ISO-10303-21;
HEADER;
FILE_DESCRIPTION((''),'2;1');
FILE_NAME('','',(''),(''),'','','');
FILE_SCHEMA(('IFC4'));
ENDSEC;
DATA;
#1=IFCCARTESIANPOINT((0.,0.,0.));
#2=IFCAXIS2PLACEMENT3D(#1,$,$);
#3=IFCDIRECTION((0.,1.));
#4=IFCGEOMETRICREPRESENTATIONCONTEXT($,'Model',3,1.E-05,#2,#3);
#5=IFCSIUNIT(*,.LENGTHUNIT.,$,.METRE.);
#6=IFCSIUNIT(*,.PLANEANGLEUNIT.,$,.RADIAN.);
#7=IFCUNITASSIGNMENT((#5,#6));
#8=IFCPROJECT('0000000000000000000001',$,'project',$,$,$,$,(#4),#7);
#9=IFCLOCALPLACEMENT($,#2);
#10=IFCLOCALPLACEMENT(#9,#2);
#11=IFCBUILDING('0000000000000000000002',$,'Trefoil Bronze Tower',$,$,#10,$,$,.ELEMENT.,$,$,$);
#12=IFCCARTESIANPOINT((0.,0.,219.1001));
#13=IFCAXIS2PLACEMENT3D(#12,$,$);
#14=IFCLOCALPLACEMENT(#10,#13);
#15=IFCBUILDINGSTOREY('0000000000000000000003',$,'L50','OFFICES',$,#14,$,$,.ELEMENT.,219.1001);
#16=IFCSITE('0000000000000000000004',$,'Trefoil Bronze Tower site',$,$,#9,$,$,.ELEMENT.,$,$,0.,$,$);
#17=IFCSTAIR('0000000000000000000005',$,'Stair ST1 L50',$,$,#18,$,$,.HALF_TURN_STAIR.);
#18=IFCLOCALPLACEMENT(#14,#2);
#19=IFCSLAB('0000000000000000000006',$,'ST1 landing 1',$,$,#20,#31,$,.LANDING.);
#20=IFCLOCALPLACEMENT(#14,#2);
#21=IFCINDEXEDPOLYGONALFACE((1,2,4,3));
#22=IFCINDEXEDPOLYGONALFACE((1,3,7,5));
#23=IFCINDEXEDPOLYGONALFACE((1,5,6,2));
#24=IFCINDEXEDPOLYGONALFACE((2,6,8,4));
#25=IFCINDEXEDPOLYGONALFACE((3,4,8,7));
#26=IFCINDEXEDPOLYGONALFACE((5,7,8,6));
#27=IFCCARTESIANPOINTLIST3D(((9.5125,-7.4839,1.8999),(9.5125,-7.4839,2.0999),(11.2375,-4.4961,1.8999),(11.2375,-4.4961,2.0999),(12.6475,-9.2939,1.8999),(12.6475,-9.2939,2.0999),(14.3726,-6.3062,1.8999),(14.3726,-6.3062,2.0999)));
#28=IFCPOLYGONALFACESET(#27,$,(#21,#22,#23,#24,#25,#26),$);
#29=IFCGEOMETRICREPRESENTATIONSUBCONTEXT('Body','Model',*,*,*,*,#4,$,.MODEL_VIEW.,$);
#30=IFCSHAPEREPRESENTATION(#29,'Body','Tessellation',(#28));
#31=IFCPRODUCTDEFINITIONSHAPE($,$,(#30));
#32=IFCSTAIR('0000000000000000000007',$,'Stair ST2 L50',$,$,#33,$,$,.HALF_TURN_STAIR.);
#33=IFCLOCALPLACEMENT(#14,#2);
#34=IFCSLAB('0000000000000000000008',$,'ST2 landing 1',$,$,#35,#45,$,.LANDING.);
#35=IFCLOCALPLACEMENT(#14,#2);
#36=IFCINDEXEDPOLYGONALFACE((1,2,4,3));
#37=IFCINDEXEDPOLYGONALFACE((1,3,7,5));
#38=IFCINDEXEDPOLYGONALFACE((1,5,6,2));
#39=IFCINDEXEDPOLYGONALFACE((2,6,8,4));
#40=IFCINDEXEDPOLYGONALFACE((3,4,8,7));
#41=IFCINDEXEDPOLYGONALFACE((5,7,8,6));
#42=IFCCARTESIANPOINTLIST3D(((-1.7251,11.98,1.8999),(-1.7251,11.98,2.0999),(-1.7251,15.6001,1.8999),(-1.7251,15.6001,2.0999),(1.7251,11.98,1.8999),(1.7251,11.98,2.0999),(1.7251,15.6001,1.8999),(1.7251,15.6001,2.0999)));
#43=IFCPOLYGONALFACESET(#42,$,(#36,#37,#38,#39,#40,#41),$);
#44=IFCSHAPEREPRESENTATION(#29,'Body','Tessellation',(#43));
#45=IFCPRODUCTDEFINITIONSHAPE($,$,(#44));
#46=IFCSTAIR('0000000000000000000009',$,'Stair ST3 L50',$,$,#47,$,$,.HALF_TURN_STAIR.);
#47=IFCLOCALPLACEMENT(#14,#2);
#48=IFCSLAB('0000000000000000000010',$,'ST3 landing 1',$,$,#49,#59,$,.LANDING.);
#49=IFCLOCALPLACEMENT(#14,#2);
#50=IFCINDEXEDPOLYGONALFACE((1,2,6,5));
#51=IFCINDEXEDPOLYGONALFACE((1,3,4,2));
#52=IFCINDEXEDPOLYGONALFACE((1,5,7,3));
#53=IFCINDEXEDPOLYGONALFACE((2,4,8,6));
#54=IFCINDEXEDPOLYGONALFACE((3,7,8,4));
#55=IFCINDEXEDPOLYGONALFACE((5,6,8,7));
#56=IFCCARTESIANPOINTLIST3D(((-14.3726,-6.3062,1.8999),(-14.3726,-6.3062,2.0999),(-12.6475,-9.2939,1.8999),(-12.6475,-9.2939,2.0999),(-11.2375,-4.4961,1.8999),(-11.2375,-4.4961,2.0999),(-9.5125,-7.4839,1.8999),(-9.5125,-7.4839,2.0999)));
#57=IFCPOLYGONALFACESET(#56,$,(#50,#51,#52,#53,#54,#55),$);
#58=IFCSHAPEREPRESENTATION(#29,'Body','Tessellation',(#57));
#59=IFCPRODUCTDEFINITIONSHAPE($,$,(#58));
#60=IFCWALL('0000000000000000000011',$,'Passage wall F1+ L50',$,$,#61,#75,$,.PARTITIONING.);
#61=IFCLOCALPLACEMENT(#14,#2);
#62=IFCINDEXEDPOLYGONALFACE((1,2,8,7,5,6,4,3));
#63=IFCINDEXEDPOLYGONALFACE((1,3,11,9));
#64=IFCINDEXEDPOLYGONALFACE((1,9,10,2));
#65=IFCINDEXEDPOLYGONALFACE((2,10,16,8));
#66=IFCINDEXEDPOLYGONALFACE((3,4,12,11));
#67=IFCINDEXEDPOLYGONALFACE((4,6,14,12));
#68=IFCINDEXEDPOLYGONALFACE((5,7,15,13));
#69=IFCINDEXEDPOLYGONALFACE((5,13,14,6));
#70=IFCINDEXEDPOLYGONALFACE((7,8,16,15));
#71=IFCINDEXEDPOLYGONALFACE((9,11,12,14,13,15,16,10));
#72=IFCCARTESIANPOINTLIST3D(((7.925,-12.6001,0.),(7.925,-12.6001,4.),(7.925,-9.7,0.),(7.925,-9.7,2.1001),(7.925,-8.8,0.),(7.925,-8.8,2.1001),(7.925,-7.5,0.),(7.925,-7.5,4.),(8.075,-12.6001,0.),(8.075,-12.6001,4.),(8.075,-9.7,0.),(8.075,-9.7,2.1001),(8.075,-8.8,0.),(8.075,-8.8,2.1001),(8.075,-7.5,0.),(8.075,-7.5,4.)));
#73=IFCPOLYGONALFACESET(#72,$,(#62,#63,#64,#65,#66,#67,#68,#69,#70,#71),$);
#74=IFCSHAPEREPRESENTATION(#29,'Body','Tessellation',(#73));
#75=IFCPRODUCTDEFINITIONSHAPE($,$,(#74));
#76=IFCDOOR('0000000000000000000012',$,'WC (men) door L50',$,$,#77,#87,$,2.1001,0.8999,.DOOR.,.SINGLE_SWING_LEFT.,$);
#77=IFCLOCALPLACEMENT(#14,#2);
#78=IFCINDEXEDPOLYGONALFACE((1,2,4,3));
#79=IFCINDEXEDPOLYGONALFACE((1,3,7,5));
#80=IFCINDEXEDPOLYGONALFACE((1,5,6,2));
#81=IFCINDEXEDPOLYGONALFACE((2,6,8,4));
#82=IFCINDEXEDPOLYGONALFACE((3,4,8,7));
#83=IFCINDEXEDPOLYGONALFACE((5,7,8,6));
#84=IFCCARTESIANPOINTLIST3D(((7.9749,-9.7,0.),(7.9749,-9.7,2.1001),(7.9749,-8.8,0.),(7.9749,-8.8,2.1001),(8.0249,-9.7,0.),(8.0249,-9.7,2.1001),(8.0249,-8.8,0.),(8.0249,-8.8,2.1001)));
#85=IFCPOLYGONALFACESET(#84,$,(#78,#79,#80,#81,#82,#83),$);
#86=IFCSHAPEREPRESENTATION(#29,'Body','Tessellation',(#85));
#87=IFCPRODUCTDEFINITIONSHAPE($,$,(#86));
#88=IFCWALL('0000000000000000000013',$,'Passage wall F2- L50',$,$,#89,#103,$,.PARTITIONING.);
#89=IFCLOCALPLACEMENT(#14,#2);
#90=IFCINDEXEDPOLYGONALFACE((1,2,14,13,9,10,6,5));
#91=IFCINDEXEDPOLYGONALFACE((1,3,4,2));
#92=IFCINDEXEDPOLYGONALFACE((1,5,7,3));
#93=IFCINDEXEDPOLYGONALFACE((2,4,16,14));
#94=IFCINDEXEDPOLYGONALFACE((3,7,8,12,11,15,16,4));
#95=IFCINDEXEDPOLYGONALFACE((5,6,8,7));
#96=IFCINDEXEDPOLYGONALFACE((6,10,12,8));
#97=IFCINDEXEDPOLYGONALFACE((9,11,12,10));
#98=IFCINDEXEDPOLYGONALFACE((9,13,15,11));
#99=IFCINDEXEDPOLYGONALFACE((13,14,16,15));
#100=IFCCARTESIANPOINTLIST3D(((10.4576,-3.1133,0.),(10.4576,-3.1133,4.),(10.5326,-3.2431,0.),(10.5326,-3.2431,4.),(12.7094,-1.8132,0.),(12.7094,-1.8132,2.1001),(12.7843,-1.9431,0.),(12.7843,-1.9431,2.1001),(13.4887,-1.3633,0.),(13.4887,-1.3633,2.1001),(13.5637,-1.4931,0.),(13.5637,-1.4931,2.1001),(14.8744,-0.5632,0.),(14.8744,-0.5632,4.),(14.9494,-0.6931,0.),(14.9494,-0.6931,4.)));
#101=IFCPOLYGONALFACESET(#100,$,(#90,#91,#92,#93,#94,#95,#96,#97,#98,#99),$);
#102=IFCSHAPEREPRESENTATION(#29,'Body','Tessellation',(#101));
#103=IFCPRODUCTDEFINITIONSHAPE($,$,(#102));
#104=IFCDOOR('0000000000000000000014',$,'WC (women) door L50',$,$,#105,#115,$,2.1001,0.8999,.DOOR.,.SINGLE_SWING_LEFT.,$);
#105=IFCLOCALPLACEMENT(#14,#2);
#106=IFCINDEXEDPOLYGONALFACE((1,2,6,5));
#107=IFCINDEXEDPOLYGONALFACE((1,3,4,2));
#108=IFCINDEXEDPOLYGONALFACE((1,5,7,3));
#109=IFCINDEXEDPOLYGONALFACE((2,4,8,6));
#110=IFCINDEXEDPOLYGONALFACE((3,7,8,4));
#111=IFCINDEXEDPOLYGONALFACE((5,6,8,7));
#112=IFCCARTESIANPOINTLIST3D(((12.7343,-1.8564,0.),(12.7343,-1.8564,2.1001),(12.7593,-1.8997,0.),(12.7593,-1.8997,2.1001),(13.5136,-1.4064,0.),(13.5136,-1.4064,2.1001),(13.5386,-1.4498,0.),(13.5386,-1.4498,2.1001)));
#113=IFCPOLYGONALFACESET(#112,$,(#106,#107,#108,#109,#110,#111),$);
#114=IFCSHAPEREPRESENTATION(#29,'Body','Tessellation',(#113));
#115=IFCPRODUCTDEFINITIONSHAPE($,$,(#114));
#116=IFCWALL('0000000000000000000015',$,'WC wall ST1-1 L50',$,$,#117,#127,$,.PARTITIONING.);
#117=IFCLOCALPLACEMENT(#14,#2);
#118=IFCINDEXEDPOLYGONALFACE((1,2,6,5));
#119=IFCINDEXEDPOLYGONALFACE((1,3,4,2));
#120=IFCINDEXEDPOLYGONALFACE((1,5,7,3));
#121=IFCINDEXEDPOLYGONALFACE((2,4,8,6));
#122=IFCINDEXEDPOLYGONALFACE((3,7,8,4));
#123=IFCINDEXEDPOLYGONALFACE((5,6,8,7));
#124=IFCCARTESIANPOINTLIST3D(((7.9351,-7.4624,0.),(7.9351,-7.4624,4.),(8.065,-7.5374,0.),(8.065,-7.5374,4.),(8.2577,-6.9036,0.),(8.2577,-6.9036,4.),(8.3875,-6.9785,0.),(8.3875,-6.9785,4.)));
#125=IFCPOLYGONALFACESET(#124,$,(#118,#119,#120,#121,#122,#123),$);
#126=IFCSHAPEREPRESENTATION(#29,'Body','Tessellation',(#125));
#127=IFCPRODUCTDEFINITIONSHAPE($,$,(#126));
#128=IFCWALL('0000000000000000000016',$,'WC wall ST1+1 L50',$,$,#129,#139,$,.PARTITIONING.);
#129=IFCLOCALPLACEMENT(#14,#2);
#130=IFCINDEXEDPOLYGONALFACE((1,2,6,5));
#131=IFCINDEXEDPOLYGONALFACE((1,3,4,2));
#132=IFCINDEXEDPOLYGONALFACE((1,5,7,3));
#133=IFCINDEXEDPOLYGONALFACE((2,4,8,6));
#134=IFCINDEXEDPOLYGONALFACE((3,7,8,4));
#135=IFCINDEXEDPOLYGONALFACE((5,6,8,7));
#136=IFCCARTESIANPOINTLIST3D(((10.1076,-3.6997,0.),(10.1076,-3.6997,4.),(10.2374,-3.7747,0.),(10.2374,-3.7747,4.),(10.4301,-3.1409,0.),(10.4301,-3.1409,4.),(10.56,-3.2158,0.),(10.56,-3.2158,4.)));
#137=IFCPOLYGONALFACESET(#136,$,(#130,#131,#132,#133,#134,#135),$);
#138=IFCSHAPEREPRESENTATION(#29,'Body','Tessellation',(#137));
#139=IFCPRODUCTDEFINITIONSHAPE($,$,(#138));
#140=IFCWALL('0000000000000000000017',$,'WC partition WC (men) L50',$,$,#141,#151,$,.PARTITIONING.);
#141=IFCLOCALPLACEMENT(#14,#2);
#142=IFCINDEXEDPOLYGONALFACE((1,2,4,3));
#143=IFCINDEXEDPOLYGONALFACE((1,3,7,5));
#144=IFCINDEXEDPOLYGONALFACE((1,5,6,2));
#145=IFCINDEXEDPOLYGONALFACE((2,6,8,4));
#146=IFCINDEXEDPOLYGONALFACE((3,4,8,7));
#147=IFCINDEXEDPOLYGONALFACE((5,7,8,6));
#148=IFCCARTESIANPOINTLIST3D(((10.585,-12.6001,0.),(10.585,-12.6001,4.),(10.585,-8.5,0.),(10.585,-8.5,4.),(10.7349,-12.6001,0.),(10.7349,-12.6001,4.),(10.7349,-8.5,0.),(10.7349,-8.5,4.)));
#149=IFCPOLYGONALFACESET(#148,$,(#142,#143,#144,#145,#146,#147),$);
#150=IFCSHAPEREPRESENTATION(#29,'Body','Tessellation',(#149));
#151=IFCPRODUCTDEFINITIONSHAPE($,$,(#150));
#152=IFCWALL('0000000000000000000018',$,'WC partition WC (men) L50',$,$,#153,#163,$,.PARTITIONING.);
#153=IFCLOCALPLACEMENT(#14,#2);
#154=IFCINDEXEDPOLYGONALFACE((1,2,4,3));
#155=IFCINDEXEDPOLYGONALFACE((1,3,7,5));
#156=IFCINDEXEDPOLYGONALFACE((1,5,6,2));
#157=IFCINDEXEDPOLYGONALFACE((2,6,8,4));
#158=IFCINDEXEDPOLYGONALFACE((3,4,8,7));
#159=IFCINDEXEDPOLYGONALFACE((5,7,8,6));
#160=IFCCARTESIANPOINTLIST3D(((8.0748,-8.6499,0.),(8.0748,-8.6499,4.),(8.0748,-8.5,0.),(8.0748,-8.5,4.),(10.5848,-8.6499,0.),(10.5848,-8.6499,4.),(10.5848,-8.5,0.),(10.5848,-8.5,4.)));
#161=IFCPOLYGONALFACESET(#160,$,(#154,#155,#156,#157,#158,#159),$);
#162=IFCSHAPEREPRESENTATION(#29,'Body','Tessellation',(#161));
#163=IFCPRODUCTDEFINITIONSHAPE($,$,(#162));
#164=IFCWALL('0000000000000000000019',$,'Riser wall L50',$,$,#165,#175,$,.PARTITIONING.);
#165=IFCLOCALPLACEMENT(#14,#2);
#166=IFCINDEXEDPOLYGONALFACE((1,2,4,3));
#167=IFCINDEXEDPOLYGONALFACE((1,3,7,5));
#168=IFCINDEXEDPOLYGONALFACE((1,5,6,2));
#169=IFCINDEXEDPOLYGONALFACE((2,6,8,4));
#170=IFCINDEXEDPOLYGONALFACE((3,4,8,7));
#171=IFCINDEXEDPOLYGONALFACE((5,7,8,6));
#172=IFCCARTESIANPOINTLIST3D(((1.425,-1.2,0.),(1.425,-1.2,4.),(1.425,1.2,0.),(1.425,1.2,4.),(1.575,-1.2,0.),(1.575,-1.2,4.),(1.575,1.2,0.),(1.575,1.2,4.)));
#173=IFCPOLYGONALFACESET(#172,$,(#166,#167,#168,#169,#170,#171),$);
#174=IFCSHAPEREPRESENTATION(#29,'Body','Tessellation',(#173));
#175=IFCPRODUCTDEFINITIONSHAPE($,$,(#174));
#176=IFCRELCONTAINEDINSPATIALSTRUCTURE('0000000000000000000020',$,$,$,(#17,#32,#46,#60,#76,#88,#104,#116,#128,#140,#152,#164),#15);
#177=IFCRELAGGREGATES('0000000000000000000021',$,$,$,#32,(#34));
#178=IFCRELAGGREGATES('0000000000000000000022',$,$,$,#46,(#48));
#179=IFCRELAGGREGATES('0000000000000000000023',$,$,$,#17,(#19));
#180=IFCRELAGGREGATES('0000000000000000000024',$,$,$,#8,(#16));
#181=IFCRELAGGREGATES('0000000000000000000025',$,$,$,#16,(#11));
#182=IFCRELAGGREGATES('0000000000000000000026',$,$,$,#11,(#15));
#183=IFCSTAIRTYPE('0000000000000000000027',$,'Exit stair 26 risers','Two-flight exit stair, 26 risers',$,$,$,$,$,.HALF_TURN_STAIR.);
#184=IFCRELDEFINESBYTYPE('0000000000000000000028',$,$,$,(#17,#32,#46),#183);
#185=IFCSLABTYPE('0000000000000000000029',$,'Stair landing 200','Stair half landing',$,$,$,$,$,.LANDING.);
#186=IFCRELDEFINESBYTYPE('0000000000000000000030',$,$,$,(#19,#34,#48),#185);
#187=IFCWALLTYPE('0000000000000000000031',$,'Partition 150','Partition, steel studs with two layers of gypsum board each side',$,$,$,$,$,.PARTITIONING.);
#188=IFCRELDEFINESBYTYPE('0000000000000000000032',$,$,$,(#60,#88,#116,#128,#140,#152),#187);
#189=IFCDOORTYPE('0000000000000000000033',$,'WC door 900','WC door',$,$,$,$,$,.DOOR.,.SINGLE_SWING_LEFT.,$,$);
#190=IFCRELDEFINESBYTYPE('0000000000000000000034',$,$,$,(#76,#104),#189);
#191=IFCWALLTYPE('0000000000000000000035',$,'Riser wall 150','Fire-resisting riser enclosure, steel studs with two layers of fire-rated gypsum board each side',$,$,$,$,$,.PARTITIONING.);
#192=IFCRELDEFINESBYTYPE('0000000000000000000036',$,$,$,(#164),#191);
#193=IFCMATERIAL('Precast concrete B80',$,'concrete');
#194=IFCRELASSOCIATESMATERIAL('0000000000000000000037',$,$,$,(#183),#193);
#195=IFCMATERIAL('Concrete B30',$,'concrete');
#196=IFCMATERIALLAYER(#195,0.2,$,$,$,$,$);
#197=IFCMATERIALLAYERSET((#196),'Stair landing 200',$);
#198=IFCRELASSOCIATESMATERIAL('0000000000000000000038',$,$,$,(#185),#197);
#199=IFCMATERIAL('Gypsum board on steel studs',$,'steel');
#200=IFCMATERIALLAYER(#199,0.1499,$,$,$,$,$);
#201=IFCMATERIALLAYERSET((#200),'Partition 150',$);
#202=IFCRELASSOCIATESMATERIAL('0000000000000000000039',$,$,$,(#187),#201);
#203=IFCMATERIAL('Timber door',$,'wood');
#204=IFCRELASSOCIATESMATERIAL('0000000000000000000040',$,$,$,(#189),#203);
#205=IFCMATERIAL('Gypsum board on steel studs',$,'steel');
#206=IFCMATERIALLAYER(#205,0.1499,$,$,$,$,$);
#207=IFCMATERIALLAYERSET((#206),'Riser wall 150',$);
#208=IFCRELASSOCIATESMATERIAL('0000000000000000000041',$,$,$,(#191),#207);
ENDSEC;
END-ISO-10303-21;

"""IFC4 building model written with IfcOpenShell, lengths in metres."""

from ifc_helpers import new_model, si_unit, direction, frame, frame_2d, origin, place, context, subcontext, project, spatial, polyline, rectangle, outline, extrude, material, layer, layer_set, type_object, element, fill, aggregate, save


model = new_model("IFC4")

# Units and contexts
model_context = context("Model", 3, precision=1e-05, world=origin(), true_north=direction((0.0, 1.0)))
body_context = subcontext(model_context, "Body", "Model", "MODEL_VIEW")
ifc_project = project(units=[si_unit("LENGTHUNIT", "METRE"), si_unit("PLANEANGLEUNIT", "RADIAN")], contexts=[model_context])

# Site, building, storey
site_placement = place(None, origin())
site = spatial("IfcSite", under=ifc_project, at=site_placement, Name="Trefoil Bronze Tower site", CompositionType="ELEMENT", RefElevation=0.0)
building_placement = place(site_placement, origin())
building = spatial("IfcBuilding", under=site, at=building_placement, Name="Trefoil Bronze Tower", CompositionType="ELEMENT")
storey_placement = place(building_placement, frame((0.0, 0.0, 219.1001)))
storey = spatial("IfcBuildingStorey", under=building, at=storey_placement, Name="L50", Description="OFFICES", CompositionType="ELEMENT", Elevation=219.1001)

# Stairs, slabs
ifc_material_1 = material(Name="Precast concrete B80", Category="concrete")
stair_type = type_object("IfcStairType", Name="Exit stair 26 risers", Description="Two-flight exit stair, 26 risers", PredefinedType="HALF_TURN_STAIR", material=ifc_material_1)
stair_1_placement = place(storey_placement, origin())
stair_1 = element("IfcStair", 1, at=stair_1_placement, inside=storey, type_object=stair_type, Name="Stair ST1 L50", PredefinedType="HALF_TURN_STAIR")
ifc_material_2 = material(Name="Concrete B30", Category="concrete")
ifc_layer_1 = layer(ifc_material_2, 0.2)
ifc_layer_set_1 = layer_set([ifc_layer_1], Name="Stair landing 200")
slab_type = type_object("IfcSlabType", Name="Stair landing 200", Description="Stair half landing", PredefinedType="LANDING", material=ifc_layer_set_1)
slab_1_placement = place(storey_placement, frame((0.0, 0.0, 1.8999)))
slab_1 = element("IfcSlab", 2, at=slab_1_placement, type_object=slab_type, Name="ST1 landing 1", PredefinedType="LANDING", context=body_context, shape_type="SweptSolid", body=[
    extrude(outline(polyline([(9.5125, -7.4839), (12.6475, -9.2939), (14.3726, -6.3062), (11.2375, -4.4961), (9.5125, -7.4839)])), origin(), (0.0, 0.0, 1.0), 0.2),
])
stair_2_placement = place(storey_placement, origin())
stair_2 = element("IfcStair", 3, at=stair_2_placement, inside=storey, type_object=stair_type, Name="Stair ST2 L50", PredefinedType="HALF_TURN_STAIR")
slab_2_placement = place(storey_placement, frame((0.0, 0.0, 1.8999)))
slab_2 = element("IfcSlab", 4, at=slab_2_placement, type_object=slab_type, Name="ST2 landing 1", PredefinedType="LANDING", context=body_context, shape_type="SweptSolid", body=[
    extrude(outline(polyline([(1.7251, 11.98), (1.7251, 15.6001), (-1.7251, 15.6001), (-1.7251, 11.98), (1.7251, 11.98)])), origin(), (0.0, 0.0, 1.0), 0.2),
])
aggregate(stair_2, [slab_2])
stair_3_placement = place(storey_placement, origin())
stair_3 = element("IfcStair", 5, at=stair_3_placement, inside=storey, type_object=stair_type, Name="Stair ST3 L50", PredefinedType="HALF_TURN_STAIR")
slab_3_placement = place(storey_placement, frame((0.0, 0.0, 1.8999)))
slab_3 = element("IfcSlab", 6, at=slab_3_placement, type_object=slab_type, Name="ST3 landing 1", PredefinedType="LANDING", context=body_context, shape_type="SweptSolid", body=[
    extrude(outline(polyline([(-11.2375, -4.4961), (-14.3726, -6.3062), (-12.6475, -9.2939), (-9.5125, -7.4839), (-11.2375, -4.4961)])), origin(), (0.0, 0.0, 1.0), 0.2),
])
aggregate(stair_3, [slab_3])

# Walls, openings, doors
ifc_material_3 = material(Name="Gypsum board on steel studs", Category="steel")
ifc_layer_2 = layer(ifc_material_3, 0.1499)
ifc_layer_set_2 = layer_set([ifc_layer_2], Name="Partition 150")
wall_type_1 = type_object("IfcWallType", Name="Partition 150", Description="Partition, steel studs with two layers of gypsum board each side", PredefinedType="PARTITIONING", material=ifc_layer_set_2)
wall_1_placement = place(storey_placement, frame((8.0, -7.5, 0.0), z_axis=(0.0, 0.0, 1.0), x_axis=(0.0, -1.0, 0.0)))
wall_1 = element("IfcWall", 7, at=wall_1_placement, inside=storey, type_object=wall_type_1, Name="Passage wall F1+ L50", PredefinedType="PARTITIONING", context=body_context, shape_type="SweptSolid", body=[
    extrude(rectangle(XDim=5.1001, YDim=0.1499, at=frame_2d((2.55, 0.0))), origin(), (0.0, 0.0, 1.0), 4.0),
])
opening_1_placement = place(wall_1_placement, frame((1.3, 0.0, 0.0)))
opening_1 = element("IfcOpeningElement", 8, at=opening_1_placement, cuts=wall_1, PredefinedType="OPENING", context=body_context, shape_type="SweptSolid", body=[
    extrude(rectangle(XDim=0.8999, YDim=2.1001, at=frame_2d((0.45, 1.05))), frame((0.0, 0.085, 0.0), z_axis=(0.0, -1.0, 0.0), x_axis=(1.0, 0.0, 0.0)), (0.0, 0.0, 1.0), 0.1699),
])
ifc_material_4 = material(Name="Timber door", Category="wood")
door_type_1 = type_object("IfcDoorType", Name="WC door 900", Description="WC door", OperationType="SINGLE_SWING_LEFT", PredefinedType="DOOR", material=ifc_material_4)
door_1_placement = place(opening_1_placement, origin())
door_1 = element("IfcDoor", 9, at=door_1_placement, inside=storey, type_object=door_type_1, Name="WC (men) door L50", OperationType="SINGLE_SWING_LEFT", OverallHeight=2.1001, OverallWidth=0.8999, PredefinedType="DOOR", context=body_context, shape_type="SweptSolid", body=[
    extrude(rectangle(XDim=0.8999, YDim=2.1001, at=frame_2d((0.45, 1.05))), frame((0.0, 0.0249, 0.0), z_axis=(0.0, -1.0, 0.0), x_axis=(1.0, 0.0, 0.0)), (0.0, 0.0, 1.0), 0.05),
])
fill(opening_1, door_1)
wall_2_placement = place(storey_placement, frame((10.4951, -3.1782, 0.0), z_axis=(0.0, 0.0, 1.0), x_axis=(0.866022, 0.500006, 0.0)))
wall_2 = element("IfcWall", 10, at=wall_2_placement, inside=storey, type_object=wall_type_1, Name="Passage wall F2- L50", PredefinedType="PARTITIONING", context=body_context, shape_type="SweptSolid", body=[
    extrude(rectangle(XDim=5.1001, YDim=0.1499, at=frame_2d((2.55, 0.0))), origin(), (0.0, 0.0, 1.0), 4.0),
])
opening_2_placement = place(wall_2_placement, frame((2.6001, 0.0, 0.0)))
opening_2 = element("IfcOpeningElement", 11, at=opening_2_placement, cuts=wall_2, PredefinedType="OPENING", context=body_context, shape_type="SweptSolid", body=[
    extrude(rectangle(XDim=0.8999, YDim=2.1001, at=frame_2d((0.45, 1.05))), frame((0.0, 0.085, 0.0), z_axis=(0.0, -1.0, 0.0), x_axis=(1.0, 0.0, 0.0)), (0.0, 0.0, 1.0), 0.1699),
])
door_2_placement = place(opening_2_placement, frame((0.8999, 0.0, 0.0), z_axis=(0.0, 0.0, 1.0), x_axis=(-1.0, 0.0, 0.0)))
door_2 = element("IfcDoor", 12, at=door_2_placement, inside=storey, type_object=door_type_1, Name="WC (women) door L50", OperationType="SINGLE_SWING_LEFT", OverallHeight=2.1001, OverallWidth=0.8999, PredefinedType="DOOR", context=body_context, shape_type="SweptSolid", body=[
    extrude(rectangle(XDim=0.8999, YDim=2.1001, at=frame_2d((0.45, 1.05))), frame((0.0, 0.0249, 0.0), z_axis=(0.0, -1.0, 0.0), x_axis=(1.0, 0.0, 0.0)), (0.0, 0.0, 1.0), 0.05),
])
fill(opening_2, door_2)

# Walls
for number, where, z_axis, x_axis, name in (
    (13, (8.0, -7.5, 0.0), (0.0, 0.0, 1.0), (0.499843, 0.866116, 0.0), "WC wall ST1-1 L50"),
    (14, (10.4951, -3.1782, 0.0), (0.0, 0.0, 1.0), (-0.499843, -0.866116, 0.0), "WC wall ST1+1 L50"),
):
    element("IfcWall", number, at=place(storey_placement, frame(where, z_axis=z_axis, x_axis=x_axis)), inside=storey, type_object=wall_type_1, Name=name, PredefinedType="PARTITIONING", context=body_context, shape_type="SweptSolid", body=[
        extrude(rectangle(XDim=0.6453, YDim=0.1499, at=frame_2d((0.3228, 0.0))), origin(), (0.0, 0.0, 1.0), 4.0),
    ])
wall_3_placement = place(storey_placement, frame((10.6599, -8.5, 0.0), z_axis=(0.0, 0.0, 1.0), x_axis=(0.0, -1.0, 0.0)))
element("IfcWall", 15, at=wall_3_placement, inside=storey, type_object=wall_type_1, Name="WC partition WC (men) L50", PredefinedType="PARTITIONING", context=body_context, shape_type="SweptSolid", body=[
    extrude(rectangle(XDim=4.1001, YDim=0.1499, at=frame_2d((2.05, 0.0))), origin(), (0.0, 0.0, 1.0), 4.0),
])
wall_4_placement = place(storey_placement, frame((8.075, -8.575, 0.0), z_axis=(0.0, 0.0, 1.0), x_axis=(1.0, 0.0, 0.0)))
element("IfcWall", 16, at=wall_4_placement, inside=storey, type_object=wall_type_1, Name="WC partition WC (men) L50", PredefinedType="PARTITIONING", context=body_context, shape_type="SweptSolid", body=[
    extrude(rectangle(XDim=2.51, YDim=0.1499, at=frame_2d((1.2549, 0.0))), origin(), (0.0, 0.0, 1.0), 4.0),
])
ifc_material_5 = material(Name="Gypsum board on steel studs", Category="steel")
ifc_layer_3 = layer(ifc_material_5, 0.1499)
ifc_layer_set_3 = layer_set([ifc_layer_3], Name="Riser wall 150")
wall_type_2 = type_object("IfcWallType", Name="Riser wall 150", Description="Fire-resisting riser enclosure, steel studs with two layers of fire-rated gypsum board each side", PredefinedType="PARTITIONING", material=ifc_layer_set_3)
wall_5_placement = place(storey_placement, frame((1.5, -1.2, 0.0), z_axis=(0.0, 0.0, 1.0), x_axis=(0.0, 1.0, 0.0)))
element("IfcWall", 17, at=wall_5_placement, inside=storey, type_object=wall_type_2, Name="Riser wall L50", PredefinedType="PARTITIONING", context=body_context, shape_type="SweptSolid", body=[
    extrude(rectangle(XDim=2.3999, YDim=0.1499, at=frame_2d((1.2, 0.0))), origin(), (0.0, 0.0, 1.0), 4.0),
])

aggregate(stair_1, [slab_1])

save(model, "model.ifc")
